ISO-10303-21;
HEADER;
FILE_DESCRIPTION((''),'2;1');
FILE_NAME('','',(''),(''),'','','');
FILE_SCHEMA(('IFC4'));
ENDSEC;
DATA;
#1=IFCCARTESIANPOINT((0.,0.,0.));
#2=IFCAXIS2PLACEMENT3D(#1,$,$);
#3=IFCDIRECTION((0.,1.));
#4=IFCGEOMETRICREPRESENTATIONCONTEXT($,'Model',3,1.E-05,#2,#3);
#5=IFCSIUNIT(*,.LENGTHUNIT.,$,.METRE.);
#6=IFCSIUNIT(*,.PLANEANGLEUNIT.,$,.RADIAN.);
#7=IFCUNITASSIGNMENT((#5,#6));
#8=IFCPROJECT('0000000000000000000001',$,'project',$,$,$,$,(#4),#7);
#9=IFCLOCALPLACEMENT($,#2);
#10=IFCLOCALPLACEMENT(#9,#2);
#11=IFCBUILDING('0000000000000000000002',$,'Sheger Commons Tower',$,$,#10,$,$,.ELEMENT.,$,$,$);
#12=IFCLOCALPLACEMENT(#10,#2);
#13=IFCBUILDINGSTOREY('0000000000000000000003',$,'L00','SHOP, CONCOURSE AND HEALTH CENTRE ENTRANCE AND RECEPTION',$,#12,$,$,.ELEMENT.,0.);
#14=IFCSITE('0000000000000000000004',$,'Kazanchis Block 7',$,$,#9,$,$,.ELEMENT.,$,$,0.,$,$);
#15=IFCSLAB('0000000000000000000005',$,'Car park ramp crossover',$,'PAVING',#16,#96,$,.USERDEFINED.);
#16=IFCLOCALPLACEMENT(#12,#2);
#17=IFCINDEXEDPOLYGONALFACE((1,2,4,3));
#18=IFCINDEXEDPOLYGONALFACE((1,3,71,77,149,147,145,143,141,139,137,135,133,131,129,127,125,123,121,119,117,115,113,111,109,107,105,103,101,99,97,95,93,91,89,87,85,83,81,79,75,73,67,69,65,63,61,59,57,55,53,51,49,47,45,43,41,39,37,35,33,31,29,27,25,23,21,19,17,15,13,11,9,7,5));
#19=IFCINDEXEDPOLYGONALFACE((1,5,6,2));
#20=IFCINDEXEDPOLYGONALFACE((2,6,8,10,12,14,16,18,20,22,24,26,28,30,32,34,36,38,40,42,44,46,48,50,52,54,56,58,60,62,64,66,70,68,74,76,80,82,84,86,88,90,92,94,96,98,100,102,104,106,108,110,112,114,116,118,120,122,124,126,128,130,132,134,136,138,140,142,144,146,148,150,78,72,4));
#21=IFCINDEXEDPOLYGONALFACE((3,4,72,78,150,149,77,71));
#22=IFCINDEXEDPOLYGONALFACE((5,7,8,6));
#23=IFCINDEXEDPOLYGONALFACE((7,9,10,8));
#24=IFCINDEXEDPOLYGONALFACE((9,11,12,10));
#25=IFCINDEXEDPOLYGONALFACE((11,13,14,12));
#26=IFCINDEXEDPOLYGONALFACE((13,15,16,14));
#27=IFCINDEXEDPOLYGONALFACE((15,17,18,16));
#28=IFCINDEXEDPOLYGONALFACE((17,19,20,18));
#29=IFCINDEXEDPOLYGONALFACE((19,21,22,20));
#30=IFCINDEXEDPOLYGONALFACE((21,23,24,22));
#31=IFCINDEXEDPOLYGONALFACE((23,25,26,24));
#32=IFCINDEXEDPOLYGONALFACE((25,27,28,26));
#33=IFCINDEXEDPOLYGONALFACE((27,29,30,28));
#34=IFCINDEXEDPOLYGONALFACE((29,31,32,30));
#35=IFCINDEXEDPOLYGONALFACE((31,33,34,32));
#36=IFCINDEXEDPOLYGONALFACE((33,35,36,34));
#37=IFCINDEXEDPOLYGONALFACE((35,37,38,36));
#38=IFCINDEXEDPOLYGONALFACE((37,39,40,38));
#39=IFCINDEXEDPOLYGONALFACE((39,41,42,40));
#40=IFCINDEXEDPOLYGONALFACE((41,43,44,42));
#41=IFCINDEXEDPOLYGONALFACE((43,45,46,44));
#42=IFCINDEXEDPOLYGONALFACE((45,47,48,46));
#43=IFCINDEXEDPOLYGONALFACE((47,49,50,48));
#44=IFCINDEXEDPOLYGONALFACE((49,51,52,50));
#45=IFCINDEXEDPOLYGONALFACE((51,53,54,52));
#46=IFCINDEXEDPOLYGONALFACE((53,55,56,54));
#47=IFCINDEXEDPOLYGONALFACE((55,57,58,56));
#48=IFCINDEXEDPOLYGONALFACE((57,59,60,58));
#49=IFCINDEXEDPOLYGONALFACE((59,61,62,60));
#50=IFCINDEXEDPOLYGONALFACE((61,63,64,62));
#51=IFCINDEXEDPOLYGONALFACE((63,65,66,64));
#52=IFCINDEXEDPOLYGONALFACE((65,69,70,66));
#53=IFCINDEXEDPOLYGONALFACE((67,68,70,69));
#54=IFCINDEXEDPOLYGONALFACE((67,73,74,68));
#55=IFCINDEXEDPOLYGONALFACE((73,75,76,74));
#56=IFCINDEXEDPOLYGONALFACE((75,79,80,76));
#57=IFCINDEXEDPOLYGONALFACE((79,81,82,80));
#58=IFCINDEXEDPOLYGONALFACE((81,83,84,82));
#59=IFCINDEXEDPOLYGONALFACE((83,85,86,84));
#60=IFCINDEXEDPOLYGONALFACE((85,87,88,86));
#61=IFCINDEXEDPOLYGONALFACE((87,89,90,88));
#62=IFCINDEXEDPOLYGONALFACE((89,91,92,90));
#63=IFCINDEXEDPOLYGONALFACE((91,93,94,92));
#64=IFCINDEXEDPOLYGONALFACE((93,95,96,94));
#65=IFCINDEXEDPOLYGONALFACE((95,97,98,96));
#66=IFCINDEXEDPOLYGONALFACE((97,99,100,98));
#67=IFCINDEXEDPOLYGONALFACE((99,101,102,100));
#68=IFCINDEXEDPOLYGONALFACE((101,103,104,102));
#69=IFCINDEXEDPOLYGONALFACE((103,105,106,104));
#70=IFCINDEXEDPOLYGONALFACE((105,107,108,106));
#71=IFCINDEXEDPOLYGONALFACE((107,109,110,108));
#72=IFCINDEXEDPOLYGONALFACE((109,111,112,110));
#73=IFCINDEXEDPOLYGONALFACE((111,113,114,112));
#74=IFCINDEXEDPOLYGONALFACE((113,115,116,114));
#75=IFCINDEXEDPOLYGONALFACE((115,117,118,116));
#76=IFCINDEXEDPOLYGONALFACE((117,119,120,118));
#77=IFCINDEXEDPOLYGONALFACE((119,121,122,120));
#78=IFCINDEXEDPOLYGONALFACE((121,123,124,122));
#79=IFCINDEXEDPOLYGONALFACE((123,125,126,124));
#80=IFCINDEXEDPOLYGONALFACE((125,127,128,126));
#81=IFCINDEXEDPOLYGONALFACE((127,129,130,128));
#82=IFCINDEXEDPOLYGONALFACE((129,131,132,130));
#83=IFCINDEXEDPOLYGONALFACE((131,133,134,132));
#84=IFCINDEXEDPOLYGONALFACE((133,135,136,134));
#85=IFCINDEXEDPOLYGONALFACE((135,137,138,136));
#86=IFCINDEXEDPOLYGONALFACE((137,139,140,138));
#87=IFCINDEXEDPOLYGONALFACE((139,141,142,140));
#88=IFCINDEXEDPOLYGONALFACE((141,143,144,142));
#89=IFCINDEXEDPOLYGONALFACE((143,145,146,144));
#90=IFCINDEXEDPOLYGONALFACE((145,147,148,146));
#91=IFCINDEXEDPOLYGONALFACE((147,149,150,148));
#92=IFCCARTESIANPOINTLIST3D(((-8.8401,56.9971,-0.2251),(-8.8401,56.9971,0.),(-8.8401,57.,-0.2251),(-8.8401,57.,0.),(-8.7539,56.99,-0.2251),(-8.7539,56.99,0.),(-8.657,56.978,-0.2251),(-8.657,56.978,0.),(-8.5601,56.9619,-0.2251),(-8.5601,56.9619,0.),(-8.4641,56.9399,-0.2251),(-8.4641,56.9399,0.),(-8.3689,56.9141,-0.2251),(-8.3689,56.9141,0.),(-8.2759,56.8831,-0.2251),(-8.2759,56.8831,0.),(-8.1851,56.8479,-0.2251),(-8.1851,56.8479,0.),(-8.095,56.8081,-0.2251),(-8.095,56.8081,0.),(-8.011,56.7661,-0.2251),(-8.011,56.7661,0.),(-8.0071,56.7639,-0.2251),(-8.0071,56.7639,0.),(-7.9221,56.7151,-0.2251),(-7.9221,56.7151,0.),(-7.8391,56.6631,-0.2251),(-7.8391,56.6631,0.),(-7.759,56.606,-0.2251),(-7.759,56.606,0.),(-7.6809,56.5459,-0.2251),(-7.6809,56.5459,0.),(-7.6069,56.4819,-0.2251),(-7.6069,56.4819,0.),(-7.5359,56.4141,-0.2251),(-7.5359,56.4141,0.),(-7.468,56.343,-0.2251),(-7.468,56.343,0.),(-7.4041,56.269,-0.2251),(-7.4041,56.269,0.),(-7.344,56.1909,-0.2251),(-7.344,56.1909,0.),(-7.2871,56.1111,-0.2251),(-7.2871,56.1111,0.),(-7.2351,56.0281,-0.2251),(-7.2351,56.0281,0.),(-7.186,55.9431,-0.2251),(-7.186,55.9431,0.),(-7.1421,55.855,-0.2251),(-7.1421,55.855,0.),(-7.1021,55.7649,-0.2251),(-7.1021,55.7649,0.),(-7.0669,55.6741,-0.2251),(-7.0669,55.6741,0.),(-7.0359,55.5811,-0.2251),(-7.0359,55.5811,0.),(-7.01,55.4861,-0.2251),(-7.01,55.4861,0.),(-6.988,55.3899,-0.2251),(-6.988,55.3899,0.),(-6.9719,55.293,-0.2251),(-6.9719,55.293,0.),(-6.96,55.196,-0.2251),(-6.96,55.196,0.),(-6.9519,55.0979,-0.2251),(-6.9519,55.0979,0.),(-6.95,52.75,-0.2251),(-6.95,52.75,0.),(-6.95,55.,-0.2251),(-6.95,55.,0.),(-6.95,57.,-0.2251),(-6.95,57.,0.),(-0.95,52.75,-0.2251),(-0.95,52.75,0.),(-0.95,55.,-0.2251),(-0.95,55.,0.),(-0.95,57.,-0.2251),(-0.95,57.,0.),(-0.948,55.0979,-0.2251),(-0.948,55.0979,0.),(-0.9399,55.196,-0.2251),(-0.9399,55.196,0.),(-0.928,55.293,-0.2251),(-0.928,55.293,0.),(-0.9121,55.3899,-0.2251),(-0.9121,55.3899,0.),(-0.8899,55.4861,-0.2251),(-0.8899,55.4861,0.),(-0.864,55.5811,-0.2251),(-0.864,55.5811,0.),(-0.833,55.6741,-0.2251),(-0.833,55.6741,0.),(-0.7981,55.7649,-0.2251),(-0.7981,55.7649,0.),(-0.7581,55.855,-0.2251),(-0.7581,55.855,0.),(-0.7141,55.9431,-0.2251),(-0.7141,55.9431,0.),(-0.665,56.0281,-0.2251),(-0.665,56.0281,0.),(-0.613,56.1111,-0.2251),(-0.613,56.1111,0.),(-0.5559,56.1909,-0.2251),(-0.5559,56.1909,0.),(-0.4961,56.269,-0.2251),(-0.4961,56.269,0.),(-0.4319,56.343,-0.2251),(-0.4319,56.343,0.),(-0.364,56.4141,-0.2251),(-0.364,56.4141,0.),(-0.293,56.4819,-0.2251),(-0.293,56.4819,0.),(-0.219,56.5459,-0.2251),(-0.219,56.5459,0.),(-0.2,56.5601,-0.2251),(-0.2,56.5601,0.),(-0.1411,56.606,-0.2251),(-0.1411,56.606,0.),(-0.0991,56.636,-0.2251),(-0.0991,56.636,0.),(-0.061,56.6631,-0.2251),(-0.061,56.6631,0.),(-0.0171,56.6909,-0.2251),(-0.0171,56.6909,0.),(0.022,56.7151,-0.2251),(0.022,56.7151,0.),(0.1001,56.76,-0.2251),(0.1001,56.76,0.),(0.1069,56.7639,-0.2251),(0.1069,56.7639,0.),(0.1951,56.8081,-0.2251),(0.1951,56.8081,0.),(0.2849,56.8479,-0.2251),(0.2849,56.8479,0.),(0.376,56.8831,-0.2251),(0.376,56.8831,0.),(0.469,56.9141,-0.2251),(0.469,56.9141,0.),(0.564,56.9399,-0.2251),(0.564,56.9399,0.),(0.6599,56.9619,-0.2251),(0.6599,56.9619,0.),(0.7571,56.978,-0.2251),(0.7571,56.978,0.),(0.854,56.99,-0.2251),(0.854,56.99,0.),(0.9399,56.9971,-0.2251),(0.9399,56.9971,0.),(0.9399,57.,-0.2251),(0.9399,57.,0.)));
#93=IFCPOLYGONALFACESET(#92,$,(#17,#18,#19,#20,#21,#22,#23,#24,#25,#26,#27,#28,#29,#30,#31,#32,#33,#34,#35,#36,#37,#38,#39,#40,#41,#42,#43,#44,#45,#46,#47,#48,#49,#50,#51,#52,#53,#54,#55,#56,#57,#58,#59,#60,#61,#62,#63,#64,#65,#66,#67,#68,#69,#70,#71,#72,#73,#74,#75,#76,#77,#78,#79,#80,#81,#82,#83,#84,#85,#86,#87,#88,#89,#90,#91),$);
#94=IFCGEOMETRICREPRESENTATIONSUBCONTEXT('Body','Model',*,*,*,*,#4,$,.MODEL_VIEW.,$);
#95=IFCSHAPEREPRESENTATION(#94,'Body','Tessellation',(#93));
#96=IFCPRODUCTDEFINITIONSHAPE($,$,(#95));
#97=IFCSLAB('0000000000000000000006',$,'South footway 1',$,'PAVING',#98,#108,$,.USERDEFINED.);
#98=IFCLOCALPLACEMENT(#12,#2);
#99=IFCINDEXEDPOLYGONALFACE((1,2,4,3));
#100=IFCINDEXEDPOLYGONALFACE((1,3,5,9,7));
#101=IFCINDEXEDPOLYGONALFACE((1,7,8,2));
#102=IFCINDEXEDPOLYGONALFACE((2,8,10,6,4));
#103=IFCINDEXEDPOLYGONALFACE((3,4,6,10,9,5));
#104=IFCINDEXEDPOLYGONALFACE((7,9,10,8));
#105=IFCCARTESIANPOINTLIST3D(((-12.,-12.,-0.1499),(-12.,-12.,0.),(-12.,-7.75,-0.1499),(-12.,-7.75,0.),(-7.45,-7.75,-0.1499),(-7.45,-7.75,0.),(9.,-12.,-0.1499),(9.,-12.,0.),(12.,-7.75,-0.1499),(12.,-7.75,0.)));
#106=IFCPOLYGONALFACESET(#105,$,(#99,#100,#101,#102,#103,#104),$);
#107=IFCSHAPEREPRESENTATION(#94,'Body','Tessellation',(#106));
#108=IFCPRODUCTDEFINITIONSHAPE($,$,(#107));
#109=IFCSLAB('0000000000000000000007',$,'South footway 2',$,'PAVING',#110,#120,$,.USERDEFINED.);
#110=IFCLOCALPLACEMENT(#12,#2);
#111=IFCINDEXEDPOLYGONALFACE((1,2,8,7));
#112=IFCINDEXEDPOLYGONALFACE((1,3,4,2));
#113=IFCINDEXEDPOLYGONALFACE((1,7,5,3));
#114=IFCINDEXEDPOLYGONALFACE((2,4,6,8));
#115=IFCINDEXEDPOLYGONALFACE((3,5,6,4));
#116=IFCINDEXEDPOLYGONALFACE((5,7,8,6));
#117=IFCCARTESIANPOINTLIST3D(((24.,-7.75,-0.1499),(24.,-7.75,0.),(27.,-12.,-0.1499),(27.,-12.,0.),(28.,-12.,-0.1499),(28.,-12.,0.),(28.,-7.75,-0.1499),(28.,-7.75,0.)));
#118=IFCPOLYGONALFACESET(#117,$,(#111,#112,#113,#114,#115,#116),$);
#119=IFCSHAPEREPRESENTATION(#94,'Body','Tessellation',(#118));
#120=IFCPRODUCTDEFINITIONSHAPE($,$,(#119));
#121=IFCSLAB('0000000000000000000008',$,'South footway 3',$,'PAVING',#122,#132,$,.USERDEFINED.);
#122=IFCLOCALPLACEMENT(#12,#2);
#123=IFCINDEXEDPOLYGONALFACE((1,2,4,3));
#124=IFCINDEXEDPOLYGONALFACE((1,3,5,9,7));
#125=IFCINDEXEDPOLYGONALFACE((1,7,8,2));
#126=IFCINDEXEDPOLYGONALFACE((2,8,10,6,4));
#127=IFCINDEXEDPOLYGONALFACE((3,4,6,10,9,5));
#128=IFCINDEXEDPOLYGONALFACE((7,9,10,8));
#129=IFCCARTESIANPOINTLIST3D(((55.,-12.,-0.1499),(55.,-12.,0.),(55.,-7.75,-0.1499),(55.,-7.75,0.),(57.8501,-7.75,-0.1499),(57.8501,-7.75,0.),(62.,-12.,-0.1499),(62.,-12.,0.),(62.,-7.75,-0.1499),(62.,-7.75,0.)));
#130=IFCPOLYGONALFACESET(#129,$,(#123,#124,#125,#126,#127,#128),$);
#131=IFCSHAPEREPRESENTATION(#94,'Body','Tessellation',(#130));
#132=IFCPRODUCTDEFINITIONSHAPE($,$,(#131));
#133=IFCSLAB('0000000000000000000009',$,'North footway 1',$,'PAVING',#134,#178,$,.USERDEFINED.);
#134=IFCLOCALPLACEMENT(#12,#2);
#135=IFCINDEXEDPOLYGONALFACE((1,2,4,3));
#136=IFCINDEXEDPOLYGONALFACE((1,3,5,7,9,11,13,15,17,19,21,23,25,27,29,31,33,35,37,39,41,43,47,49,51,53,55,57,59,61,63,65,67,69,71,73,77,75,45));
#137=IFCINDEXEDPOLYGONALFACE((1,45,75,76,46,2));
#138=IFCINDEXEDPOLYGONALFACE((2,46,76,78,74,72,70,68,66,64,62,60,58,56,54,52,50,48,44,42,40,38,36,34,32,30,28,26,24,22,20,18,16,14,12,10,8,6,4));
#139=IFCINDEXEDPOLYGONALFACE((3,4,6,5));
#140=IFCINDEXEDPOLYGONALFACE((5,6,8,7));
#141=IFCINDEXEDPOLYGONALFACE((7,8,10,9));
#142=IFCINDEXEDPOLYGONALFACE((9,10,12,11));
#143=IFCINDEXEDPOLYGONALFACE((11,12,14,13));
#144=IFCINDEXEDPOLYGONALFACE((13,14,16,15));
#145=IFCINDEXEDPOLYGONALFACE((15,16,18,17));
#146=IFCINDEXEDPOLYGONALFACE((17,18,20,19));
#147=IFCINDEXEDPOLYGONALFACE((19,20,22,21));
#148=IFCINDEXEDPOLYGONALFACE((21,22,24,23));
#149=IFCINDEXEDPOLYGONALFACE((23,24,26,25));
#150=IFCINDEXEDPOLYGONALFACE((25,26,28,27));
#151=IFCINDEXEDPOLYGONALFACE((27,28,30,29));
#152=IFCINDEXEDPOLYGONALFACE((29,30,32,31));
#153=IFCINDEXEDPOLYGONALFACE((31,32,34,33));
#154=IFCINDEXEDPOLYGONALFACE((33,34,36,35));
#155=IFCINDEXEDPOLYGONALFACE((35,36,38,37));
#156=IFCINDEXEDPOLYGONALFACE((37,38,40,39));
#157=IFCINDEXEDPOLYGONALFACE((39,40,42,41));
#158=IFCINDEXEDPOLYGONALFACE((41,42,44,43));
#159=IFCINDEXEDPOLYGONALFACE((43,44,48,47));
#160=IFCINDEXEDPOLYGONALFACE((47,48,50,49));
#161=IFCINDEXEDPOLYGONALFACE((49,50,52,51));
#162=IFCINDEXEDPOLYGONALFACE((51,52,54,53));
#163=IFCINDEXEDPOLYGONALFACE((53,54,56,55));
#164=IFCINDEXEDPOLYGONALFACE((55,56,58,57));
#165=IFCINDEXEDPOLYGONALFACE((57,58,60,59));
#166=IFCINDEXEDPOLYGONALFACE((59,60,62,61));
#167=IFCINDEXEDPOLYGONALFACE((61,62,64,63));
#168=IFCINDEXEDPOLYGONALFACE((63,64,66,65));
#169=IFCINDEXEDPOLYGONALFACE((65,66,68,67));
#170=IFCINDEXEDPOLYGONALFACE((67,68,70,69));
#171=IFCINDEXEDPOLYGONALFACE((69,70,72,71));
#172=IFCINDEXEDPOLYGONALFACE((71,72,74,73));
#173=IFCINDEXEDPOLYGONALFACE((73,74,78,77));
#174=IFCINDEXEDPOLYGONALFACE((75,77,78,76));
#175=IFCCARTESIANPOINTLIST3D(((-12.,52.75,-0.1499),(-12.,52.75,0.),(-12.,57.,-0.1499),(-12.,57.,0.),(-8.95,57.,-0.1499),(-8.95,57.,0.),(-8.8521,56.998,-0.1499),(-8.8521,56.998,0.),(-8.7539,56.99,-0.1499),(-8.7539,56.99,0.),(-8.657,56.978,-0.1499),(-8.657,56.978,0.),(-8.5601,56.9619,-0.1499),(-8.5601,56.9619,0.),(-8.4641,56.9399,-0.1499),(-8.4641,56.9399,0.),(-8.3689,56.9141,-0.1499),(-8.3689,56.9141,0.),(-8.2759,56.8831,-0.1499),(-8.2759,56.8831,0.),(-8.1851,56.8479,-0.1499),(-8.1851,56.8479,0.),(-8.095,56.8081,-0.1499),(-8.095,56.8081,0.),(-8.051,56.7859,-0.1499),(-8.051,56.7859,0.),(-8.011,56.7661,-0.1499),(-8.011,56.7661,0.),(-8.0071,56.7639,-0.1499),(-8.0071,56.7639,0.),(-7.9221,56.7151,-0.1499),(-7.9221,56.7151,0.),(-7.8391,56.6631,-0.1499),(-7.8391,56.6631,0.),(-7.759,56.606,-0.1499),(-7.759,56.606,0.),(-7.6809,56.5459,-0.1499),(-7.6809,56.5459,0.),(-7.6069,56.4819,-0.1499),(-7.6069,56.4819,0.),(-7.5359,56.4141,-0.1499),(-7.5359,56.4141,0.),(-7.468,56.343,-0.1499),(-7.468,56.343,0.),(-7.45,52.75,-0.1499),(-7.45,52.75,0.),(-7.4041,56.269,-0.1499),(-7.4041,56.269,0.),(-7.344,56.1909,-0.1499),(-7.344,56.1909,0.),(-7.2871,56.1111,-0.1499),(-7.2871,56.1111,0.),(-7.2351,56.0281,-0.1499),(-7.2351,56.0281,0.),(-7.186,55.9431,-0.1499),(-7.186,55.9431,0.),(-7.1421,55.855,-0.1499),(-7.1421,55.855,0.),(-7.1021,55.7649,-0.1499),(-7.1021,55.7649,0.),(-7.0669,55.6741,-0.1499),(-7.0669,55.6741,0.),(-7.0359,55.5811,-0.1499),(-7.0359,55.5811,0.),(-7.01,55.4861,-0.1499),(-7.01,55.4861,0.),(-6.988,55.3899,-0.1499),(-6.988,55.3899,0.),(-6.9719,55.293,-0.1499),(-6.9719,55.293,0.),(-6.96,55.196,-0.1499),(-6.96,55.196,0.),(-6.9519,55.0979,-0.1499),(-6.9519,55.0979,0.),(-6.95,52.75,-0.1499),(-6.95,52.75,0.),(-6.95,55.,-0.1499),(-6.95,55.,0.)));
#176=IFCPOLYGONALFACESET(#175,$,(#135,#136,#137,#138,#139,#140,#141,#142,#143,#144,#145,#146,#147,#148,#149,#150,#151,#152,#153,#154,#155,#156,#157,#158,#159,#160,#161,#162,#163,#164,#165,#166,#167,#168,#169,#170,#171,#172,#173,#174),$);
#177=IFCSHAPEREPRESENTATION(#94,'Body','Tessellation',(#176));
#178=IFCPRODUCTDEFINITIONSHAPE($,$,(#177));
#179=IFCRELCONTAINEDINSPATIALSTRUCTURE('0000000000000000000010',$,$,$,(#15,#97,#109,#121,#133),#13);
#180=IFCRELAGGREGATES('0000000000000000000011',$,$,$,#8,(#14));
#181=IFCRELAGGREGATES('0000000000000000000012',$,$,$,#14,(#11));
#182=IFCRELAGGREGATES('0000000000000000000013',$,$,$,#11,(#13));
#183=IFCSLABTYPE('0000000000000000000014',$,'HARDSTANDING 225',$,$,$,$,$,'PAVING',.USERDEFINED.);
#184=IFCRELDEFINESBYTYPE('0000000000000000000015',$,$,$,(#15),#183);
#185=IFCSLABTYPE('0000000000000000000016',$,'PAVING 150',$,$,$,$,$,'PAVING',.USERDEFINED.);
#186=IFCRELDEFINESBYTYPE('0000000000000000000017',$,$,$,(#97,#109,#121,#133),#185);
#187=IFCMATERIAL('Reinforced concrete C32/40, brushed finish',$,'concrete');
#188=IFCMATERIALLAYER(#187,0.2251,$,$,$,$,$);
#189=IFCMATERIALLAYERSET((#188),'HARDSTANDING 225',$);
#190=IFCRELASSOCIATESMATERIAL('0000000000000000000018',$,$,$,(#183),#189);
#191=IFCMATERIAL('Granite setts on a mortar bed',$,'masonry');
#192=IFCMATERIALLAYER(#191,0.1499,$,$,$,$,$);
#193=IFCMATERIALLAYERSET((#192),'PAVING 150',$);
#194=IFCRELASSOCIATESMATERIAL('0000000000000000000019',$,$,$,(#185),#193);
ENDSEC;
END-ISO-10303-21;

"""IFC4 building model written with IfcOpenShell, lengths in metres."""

from ifc_helpers import new_model, si_unit, direction, frame, origin, place, context, subcontext, project, spatial, polyline, outline, extrude, material, layer, layer_set, type_object, element, save


model = new_model("IFC4")

# Units and contexts
model_context = context("Model", 3, precision=1e-05, world=origin(), true_north=direction((0.0, 1.0)))
body_context = subcontext(model_context, "Body", "Model", "MODEL_VIEW")
ifc_project = project(units=[si_unit("LENGTHUNIT", "METRE"), si_unit("PLANEANGLEUNIT", "RADIAN")], contexts=[model_context])

# Site, building, storey
site_placement = place(None, origin())
site = spatial("IfcSite", under=ifc_project, at=site_placement, Name="Kazanchis Block 7", CompositionType="ELEMENT", RefElevation=0.0)
building_placement = place(site_placement, origin())
building = spatial("IfcBuilding", under=site, at=building_placement, Name="Sheger Commons Tower", CompositionType="ELEMENT")
storey_placement = place(building_placement, origin())
storey = spatial("IfcBuildingStorey", under=building, at=storey_placement, Name="L00", Description="SHOP, CONCOURSE AND HEALTH CENTRE ENTRANCE AND RECEPTION", CompositionType="ELEMENT", Elevation=0.0)

# Slabs
ifc_material_1 = material(Name="Reinforced concrete C32/40, brushed finish", Category="concrete")
ifc_layer_1 = layer(ifc_material_1, 0.2251)
ifc_layer_set_1 = layer_set([ifc_layer_1], Name="HARDSTANDING 225")
slab_type_1 = type_object("IfcSlabType", Name="HARDSTANDING 225", ElementType="PAVING", PredefinedType="USERDEFINED", material=ifc_layer_set_1)
slab_1_placement = place(storey_placement, frame((0.0, 0.0, -0.2251)))
element("IfcSlab", 1, at=slab_1_placement, inside=storey, type_object=slab_type_1, Name="Car park ramp crossover", ObjectType="PAVING", PredefinedType="USERDEFINED", context=body_context, shape_type="SweptSolid", body=[
    extrude(outline(polyline([(-6.95, 52.75), (-0.95, 52.75), (-0.95, 55.0), (-0.948, 55.0979), (-0.9399, 55.196), (-0.928, 55.293), (-0.9121, 55.3899), (-0.8899, 55.4861), (-0.864, 55.5811), (-0.833, 55.6741), (-0.7981, 55.7649), (-0.7581, 55.855), (-0.7141, 55.9431), (-0.665, 56.0281), (-0.613, 56.1111), (-0.5559, 56.1909), (-0.4961, 56.269), (-0.4319, 56.343), (-0.364, 56.4141), (-0.293, 56.4819), (-0.219, 56.5459), (-0.2, 56.5601), (-0.1411, 56.606), (-0.0991, 56.636), (-0.061, 56.6631), (-0.0171, 56.6909), (0.022, 56.7151), (0.1001, 56.76), (0.1069, 56.7639), (0.1951, 56.8081), (0.2849, 56.8479), (0.376, 56.8831), (0.469, 56.9141), (0.564, 56.9399), (0.6599, 56.9619), (0.7571, 56.978), (0.854, 56.99), (0.9399, 56.9971), (0.9399, 57.0), (-0.95, 57.0), (-6.95, 57.0), (-8.8401, 57.0), (-8.8401, 56.9971), (-8.7539, 56.99), (-8.657, 56.978), (-8.5601, 56.9619), (-8.4641, 56.9399), (-8.3689, 56.9141), (-8.2759, 56.8831), (-8.1851, 56.8479), (-8.095, 56.8081), (-8.011, 56.7661), (-8.0071, 56.7639), (-7.9221, 56.7151), (-7.8391, 56.6631), (-7.759, 56.606), (-7.6809, 56.5459), (-7.6069, 56.4819), (-7.5359, 56.4141), (-7.468, 56.343), (-7.4041, 56.269), (-7.344, 56.1909), (-7.2871, 56.1111), (-7.2351, 56.0281), (-7.186, 55.9431), (-7.1421, 55.855), (-7.1021, 55.7649), (-7.0669, 55.6741), (-7.0359, 55.5811), (-7.01, 55.4861), (-6.988, 55.3899), (-6.9719, 55.293), (-6.96, 55.196), (-6.9519, 55.0979), (-6.95, 55.0), (-6.95, 52.75)])), origin(), (0.0, 0.0, 1.0), 0.2251),
])
ifc_material_2 = material(Name="Granite setts on a mortar bed", Category="masonry")
ifc_layer_2 = layer(ifc_material_2, 0.1499)
ifc_layer_set_2 = layer_set([ifc_layer_2], Name="PAVING 150")
slab_type_2 = type_object("IfcSlabType", Name="PAVING 150", ElementType="PAVING", PredefinedType="USERDEFINED", material=ifc_layer_set_2)
slab_2_placement = place(storey_placement, frame((0.0, 0.0, -0.1499)))
element("IfcSlab", 2, at=slab_2_placement, inside=storey, type_object=slab_type_2, Name="South footway 1", ObjectType="PAVING", PredefinedType="USERDEFINED", context=body_context, shape_type="SweptSolid", body=[
    extrude(outline(polyline([(-12.0, -12.0), (9.0, -12.0), (12.0, -7.75), (-7.45, -7.75), (-12.0, -7.75), (-12.0, -12.0)])), origin(), (0.0, 0.0, 1.0), 0.1499),
])
slab_3_placement = place(storey_placement, frame((0.0, 0.0, -0.1499)))
element("IfcSlab", 3, at=slab_3_placement, inside=storey, type_object=slab_type_2, Name="South footway 2", ObjectType="PAVING", PredefinedType="USERDEFINED", context=body_context, shape_type="SweptSolid", body=[
    extrude(outline(polyline([(27.0, -12.0), (28.0, -12.0), (28.0, -7.75), (24.0, -7.75), (27.0, -12.0)])), origin(), (0.0, 0.0, 1.0), 0.1499),
])
slab_4_placement = place(storey_placement, frame((0.0, 0.0, -0.1499)))
element("IfcSlab", 4, at=slab_4_placement, inside=storey, type_object=slab_type_2, Name="South footway 3", ObjectType="PAVING", PredefinedType="USERDEFINED", context=body_context, shape_type="SweptSolid", body=[
    extrude(outline(polyline([(55.0, -12.0), (62.0, -12.0), (62.0, -7.75), (57.8501, -7.75), (55.0, -7.75), (55.0, -12.0)])), origin(), (0.0, 0.0, 1.0), 0.1499),
])
slab_5_placement = place(storey_placement, frame((0.0, 0.0, -0.1499)))
element("IfcSlab", 5, at=slab_5_placement, inside=storey, type_object=slab_type_2, Name="North footway 1", ObjectType="PAVING", PredefinedType="USERDEFINED", context=body_context, shape_type="SweptSolid", body=[
    extrude(outline(polyline([(-12.0, 52.75), (-7.45, 52.75), (-6.95, 52.75), (-6.95, 55.0), (-6.9519, 55.0979), (-6.96, 55.196), (-6.9719, 55.293), (-6.988, 55.3899), (-7.01, 55.4861), (-7.0359, 55.5811), (-7.0669, 55.6741), (-7.1021, 55.7649), (-7.1421, 55.855), (-7.186, 55.9431), (-7.2351, 56.0281), (-7.2871, 56.1111), (-7.344, 56.1909), (-7.4041, 56.269), (-7.468, 56.343), (-7.5359, 56.4141), (-7.6069, 56.4819), (-7.6809, 56.5459), (-7.759, 56.606), (-7.8391, 56.6631), (-7.9221, 56.7151), (-8.0071, 56.7639), (-8.011, 56.7661), (-8.051, 56.7859), (-8.095, 56.8081), (-8.1851, 56.8479), (-8.2759, 56.8831), (-8.3689, 56.9141), (-8.4641, 56.9399), (-8.5601, 56.9619), (-8.657, 56.978), (-8.7539, 56.99), (-8.8521, 56.998), (-8.95, 57.0), (-12.0, 57.0), (-12.0, 52.75)])), origin(), (0.0, 0.0, 1.0), 0.1499),
])

save(model, "model.ifc")
